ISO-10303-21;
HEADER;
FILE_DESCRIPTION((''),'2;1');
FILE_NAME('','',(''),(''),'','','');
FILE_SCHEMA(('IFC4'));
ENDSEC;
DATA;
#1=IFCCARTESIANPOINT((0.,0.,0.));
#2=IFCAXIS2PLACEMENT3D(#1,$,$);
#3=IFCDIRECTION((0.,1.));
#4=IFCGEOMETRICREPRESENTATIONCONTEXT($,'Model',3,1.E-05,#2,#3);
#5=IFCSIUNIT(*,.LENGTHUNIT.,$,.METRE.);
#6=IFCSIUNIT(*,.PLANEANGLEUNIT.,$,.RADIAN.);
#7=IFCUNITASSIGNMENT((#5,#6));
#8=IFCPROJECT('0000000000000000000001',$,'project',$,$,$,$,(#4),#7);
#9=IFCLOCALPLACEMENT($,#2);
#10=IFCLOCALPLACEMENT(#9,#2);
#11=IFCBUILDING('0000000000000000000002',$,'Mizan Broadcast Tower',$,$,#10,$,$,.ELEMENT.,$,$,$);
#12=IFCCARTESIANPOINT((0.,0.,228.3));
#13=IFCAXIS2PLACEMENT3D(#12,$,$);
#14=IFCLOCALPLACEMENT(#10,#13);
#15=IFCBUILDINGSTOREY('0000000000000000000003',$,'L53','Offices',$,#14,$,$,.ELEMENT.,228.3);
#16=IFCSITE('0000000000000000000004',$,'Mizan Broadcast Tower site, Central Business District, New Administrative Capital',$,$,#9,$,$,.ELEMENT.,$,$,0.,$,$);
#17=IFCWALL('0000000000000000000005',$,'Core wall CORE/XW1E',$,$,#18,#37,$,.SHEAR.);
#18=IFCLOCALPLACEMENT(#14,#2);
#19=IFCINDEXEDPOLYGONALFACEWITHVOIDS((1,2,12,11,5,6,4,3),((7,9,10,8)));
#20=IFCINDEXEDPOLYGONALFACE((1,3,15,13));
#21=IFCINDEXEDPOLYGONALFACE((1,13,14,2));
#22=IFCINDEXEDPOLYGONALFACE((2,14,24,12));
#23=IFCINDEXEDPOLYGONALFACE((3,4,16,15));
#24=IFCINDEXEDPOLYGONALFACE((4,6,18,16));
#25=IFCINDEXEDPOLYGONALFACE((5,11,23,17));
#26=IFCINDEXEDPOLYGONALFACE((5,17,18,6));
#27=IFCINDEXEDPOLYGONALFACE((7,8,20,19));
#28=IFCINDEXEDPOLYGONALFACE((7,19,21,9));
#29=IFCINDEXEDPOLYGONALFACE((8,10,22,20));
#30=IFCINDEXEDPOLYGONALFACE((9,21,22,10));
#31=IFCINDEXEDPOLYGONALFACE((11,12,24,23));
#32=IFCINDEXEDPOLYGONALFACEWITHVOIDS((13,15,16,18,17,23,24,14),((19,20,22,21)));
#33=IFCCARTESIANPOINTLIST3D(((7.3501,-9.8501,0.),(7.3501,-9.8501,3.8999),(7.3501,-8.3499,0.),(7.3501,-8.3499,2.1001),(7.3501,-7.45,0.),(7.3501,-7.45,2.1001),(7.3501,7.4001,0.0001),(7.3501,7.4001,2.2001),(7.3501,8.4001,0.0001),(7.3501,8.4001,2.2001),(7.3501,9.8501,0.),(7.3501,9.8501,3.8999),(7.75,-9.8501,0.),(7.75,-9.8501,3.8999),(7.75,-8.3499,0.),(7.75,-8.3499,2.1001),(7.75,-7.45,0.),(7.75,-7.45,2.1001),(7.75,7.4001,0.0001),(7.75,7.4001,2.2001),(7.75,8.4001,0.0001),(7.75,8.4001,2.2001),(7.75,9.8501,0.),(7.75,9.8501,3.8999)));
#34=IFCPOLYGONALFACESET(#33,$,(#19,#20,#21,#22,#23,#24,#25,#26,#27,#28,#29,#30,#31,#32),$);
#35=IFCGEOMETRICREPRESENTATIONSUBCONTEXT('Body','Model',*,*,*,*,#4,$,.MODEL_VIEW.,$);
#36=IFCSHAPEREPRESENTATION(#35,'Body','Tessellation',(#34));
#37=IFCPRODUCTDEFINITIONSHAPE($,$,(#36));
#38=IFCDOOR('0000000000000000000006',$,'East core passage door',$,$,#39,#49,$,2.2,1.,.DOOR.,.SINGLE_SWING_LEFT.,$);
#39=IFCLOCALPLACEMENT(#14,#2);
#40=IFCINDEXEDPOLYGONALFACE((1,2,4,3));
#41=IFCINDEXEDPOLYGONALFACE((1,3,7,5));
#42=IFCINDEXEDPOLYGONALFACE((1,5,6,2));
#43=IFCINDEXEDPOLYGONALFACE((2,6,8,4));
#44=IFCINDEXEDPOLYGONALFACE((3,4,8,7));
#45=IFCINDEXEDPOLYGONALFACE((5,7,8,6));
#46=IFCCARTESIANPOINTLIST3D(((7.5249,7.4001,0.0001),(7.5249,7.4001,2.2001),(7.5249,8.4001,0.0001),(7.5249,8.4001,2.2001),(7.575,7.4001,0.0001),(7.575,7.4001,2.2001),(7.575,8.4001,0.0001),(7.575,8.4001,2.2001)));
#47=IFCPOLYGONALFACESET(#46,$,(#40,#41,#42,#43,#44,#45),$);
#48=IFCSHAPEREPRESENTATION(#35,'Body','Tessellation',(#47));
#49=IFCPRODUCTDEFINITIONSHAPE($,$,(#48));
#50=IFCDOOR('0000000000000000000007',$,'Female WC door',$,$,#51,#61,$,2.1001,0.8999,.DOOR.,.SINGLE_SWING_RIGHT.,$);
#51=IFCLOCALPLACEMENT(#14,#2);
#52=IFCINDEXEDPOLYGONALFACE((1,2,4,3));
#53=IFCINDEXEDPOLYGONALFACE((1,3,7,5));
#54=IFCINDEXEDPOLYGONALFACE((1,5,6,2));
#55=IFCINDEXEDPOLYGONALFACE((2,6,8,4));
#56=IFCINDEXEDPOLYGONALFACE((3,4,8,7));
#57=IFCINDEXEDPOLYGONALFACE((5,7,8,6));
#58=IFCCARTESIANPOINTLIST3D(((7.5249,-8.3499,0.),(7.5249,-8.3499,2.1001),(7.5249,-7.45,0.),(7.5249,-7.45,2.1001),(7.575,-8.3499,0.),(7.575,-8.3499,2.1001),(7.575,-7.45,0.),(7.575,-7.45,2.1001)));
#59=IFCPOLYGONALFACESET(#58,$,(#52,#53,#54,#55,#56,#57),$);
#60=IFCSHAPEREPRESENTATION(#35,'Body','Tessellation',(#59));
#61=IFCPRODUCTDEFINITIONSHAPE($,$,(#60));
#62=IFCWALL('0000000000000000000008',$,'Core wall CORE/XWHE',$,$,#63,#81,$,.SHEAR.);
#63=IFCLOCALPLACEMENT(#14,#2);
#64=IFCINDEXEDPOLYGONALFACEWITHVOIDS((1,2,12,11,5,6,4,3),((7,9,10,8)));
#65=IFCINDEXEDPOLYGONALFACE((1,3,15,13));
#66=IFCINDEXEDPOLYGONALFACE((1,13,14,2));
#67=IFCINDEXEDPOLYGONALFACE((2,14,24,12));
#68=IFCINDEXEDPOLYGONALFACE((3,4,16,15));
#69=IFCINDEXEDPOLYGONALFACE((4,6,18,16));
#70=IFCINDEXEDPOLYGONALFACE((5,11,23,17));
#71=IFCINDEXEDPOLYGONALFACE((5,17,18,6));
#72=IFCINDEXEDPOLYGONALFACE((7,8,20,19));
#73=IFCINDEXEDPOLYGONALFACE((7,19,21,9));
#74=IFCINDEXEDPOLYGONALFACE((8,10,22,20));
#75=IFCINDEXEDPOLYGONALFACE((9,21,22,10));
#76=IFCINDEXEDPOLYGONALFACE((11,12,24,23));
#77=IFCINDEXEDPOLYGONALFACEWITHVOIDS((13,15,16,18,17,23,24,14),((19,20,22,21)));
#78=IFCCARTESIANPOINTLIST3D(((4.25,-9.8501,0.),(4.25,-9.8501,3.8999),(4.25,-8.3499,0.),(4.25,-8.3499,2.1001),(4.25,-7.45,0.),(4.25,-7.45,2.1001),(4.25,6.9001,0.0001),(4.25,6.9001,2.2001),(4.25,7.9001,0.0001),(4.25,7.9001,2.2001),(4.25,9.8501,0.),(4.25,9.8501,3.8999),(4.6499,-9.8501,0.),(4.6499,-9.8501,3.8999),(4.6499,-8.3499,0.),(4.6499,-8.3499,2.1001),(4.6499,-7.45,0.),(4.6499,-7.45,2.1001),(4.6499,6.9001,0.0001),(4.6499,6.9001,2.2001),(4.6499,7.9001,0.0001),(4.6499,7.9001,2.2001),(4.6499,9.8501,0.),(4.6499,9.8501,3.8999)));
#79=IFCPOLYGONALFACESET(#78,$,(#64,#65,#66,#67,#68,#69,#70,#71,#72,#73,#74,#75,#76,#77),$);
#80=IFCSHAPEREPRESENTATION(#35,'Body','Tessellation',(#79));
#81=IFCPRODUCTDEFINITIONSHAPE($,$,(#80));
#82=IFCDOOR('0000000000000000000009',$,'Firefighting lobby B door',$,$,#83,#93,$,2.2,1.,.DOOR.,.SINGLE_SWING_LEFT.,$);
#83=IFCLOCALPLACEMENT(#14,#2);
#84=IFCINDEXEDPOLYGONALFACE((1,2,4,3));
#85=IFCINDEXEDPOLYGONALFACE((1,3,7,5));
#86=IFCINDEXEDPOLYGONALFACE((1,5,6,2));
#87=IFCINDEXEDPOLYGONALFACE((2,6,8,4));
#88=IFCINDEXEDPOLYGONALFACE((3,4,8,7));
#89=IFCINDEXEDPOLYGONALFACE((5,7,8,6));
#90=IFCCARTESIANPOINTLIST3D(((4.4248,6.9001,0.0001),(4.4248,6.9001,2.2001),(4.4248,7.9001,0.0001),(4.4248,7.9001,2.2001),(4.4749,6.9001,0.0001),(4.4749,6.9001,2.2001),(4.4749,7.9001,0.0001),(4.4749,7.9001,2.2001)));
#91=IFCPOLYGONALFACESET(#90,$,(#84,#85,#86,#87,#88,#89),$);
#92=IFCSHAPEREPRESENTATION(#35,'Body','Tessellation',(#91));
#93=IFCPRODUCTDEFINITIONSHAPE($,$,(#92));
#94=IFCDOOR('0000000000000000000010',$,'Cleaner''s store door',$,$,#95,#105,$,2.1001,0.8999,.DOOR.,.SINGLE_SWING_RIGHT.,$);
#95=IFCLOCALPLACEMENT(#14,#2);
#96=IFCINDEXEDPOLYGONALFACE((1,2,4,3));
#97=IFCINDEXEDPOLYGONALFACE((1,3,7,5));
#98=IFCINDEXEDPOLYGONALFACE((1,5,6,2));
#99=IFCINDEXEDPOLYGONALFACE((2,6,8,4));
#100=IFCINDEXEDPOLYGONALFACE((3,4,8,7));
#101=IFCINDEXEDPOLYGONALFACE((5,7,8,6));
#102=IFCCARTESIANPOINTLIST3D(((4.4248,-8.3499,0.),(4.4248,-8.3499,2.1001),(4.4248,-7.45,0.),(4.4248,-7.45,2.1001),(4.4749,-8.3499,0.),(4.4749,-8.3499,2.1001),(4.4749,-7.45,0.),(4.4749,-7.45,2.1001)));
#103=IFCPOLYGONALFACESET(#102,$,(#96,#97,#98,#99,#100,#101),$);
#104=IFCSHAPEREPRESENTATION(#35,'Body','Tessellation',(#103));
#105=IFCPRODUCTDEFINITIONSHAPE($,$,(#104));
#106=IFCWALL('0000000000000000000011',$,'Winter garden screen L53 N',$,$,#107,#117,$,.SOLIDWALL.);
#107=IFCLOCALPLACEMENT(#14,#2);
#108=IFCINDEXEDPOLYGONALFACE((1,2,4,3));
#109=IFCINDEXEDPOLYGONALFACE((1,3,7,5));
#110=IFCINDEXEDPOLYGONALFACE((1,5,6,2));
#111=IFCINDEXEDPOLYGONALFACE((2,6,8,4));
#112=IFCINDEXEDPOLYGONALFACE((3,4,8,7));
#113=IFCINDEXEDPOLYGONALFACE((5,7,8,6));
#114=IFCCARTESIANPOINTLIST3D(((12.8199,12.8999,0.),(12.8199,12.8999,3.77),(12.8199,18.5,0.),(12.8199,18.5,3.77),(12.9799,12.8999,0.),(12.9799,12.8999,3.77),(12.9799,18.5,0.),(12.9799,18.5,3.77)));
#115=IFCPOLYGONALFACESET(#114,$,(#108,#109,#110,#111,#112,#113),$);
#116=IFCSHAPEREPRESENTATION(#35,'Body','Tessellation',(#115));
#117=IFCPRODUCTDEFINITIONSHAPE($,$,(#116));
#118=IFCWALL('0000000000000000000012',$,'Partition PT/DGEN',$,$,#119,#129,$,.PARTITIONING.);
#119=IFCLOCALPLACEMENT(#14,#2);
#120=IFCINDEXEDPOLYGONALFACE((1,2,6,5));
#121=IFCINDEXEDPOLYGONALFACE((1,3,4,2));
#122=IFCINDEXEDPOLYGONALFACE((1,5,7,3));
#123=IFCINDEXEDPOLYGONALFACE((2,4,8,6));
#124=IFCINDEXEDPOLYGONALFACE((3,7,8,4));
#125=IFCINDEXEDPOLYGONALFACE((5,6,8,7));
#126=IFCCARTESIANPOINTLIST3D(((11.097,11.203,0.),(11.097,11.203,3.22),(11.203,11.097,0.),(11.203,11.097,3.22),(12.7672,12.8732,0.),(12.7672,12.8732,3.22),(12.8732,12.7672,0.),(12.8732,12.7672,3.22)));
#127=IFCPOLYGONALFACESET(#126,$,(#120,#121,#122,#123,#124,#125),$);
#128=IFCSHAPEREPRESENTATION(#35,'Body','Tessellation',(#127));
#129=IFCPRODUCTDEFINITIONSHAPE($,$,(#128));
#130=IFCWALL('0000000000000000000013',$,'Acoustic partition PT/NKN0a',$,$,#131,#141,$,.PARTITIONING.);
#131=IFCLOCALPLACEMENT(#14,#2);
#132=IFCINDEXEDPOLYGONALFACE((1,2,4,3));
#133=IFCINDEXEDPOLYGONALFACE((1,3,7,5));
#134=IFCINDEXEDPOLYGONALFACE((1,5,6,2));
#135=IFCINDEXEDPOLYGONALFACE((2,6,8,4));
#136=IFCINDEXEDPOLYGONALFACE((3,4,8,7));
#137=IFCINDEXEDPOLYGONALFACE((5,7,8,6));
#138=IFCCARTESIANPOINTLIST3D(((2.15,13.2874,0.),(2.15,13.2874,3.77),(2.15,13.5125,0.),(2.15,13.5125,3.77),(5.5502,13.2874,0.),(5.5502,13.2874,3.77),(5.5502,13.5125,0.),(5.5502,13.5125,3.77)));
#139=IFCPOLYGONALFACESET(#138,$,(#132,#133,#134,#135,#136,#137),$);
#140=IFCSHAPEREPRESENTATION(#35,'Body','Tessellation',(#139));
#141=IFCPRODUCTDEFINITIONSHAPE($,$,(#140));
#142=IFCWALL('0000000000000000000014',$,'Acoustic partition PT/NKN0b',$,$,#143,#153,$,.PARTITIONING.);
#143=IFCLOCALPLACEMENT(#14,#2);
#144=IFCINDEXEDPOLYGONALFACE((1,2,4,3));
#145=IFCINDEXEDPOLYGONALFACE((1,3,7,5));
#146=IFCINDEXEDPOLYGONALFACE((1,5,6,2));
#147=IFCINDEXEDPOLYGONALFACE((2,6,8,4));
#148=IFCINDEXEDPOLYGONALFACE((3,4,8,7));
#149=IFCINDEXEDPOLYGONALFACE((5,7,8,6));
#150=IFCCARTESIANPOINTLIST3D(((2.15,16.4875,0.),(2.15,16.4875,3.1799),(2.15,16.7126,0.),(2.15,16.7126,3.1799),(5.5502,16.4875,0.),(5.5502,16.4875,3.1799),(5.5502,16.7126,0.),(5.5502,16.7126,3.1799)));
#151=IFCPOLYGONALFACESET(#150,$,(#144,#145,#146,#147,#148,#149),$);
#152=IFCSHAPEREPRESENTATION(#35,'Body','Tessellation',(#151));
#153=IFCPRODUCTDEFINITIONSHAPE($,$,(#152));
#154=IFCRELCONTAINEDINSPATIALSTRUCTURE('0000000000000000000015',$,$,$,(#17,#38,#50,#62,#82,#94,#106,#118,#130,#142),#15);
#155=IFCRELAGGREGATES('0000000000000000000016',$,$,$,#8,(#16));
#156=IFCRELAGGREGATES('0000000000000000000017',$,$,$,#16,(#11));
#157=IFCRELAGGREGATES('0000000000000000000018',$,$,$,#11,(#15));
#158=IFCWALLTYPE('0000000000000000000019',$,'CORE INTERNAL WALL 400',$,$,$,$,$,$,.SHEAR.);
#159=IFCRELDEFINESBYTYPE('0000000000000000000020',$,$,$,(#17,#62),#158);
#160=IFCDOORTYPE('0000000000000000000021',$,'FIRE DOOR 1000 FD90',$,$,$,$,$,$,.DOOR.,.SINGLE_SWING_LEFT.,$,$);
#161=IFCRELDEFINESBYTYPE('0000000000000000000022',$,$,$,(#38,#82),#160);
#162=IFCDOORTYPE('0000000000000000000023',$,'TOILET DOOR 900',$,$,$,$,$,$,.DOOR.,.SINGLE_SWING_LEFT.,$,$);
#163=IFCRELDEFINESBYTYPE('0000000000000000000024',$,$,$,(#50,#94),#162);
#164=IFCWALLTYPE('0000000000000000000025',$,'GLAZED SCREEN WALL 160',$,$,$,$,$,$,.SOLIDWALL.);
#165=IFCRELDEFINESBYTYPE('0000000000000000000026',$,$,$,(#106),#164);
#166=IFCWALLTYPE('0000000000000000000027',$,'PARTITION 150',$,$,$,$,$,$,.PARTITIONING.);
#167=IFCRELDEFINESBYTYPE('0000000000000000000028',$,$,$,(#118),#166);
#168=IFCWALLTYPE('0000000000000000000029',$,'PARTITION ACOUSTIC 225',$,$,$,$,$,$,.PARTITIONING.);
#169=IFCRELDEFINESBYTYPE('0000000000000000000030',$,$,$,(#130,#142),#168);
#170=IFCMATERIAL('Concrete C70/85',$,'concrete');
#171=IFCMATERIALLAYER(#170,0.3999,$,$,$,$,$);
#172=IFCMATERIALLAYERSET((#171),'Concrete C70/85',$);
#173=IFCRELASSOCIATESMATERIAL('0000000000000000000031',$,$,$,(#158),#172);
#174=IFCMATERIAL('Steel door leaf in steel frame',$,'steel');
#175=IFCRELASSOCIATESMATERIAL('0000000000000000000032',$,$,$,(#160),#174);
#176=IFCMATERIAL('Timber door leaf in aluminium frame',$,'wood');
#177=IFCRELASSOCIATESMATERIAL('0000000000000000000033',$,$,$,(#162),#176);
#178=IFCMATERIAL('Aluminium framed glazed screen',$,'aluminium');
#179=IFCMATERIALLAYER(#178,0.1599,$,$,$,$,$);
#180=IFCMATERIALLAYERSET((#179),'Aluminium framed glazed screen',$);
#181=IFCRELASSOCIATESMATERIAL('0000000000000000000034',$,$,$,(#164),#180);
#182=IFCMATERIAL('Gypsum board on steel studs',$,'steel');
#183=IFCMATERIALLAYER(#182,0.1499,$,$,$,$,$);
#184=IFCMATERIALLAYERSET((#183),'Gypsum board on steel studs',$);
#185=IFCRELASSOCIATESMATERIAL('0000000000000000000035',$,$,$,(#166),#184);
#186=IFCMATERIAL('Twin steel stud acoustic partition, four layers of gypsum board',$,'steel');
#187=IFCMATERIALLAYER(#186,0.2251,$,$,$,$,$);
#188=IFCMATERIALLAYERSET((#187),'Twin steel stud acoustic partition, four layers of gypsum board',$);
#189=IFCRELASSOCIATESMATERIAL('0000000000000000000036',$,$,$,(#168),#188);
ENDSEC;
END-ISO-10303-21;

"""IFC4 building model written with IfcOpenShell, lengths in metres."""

from ifc_helpers import new_model, si_unit, direction, frame, frame_2d, origin, place, context, subcontext, project, spatial, rectangle, extrude, material, layer, layer_set, type_object, element, fill, save


model = new_model("IFC4")

# Units and contexts
model_context = context("Model", 3, precision=1e-05, world=origin(), true_north=direction((0.0, 1.0)))
body_context = subcontext(model_context, "Body", "Model", "MODEL_VIEW")
ifc_project = project(units=[si_unit("LENGTHUNIT", "METRE"), si_unit("PLANEANGLEUNIT", "RADIAN")], contexts=[model_context])

# Site, building, storey
site_placement = place(None, origin())
site = spatial("IfcSite", under=ifc_project, at=site_placement, Name="Mizan Broadcast Tower site, Central Business District, New Administrative Capital", CompositionType="ELEMENT", RefElevation=0.0)
building_placement = place(site_placement, origin())
building = spatial("IfcBuilding", under=site, at=building_placement, Name="Mizan Broadcast Tower", CompositionType="ELEMENT")
storey_placement = place(building_placement, frame((0.0, 0.0, 228.3)))
storey = spatial("IfcBuildingStorey", under=building, at=storey_placement, Name="L53", Description="Offices", CompositionType="ELEMENT", Elevation=228.3)

# Walls, openings, doors
ifc_material_1 = material(Name="Concrete C70/85", Category="concrete")
ifc_layer_1 = layer(ifc_material_1, 0.3999)
ifc_layer_set_1 = layer_set([ifc_layer_1], Name="Concrete C70/85")
wall_type_1 = type_object("IfcWallType", Name="CORE INTERNAL WALL 400", PredefinedType="SHEAR", material=ifc_layer_set_1)
wall_1_placement = place(storey_placement, frame((7.55, 9.8501, 0.0), z_axis=(0.0, 0.0, 1.0), x_axis=(0.0, -1.0, 0.0)))
wall_1 = element("IfcWall", 1, at=wall_1_placement, inside=storey, type_object=wall_type_1, Name="Core wall CORE/XW1E", PredefinedType="SHEAR", context=body_context, shape_type="SweptSolid", body=[
    extrude(rectangle(XDim=19.7002, YDim=0.3999, at=frame_2d((9.8501, 0.0))), origin(), (0.0, 0.0, 1.0), 3.8999),
])
opening_1_placement = place(wall_1_placement, frame((1.45, 0.0, 0.0)))
opening_1 = element("IfcOpeningElement", 2, at=opening_1_placement, cuts=wall_1, PredefinedType="OPENING", context=body_context, shape_type="SweptSolid", body=[
    extrude(rectangle(XDim=1.0, YDim=2.2, at=frame_2d((0.5, 1.1001))), frame((0.0, 0.21, 0.0), z_axis=(0.0, -1.0, 0.0), x_axis=(1.0, 0.0, 0.0)), (0.0, 0.0, 1.0), 0.4199),
])
opening_2_placement = place(wall_1_placement, frame((17.3, 0.0, 0.0)))
opening_2 = element("IfcOpeningElement", 3, at=opening_2_placement, cuts=wall_1, PredefinedType="OPENING", context=body_context, shape_type="SweptSolid", body=[
    extrude(rectangle(XDim=0.8999, YDim=2.1001, at=frame_2d((0.45, 1.05))), frame((0.0, 0.21, 0.0), z_axis=(0.0, -1.0, 0.0), x_axis=(1.0, 0.0, 0.0)), (0.0, 0.0, 1.0), 0.4199),
])
ifc_material_2 = material(Name="Steel door leaf in steel frame", Category="steel")
door_type_1 = type_object("IfcDoorType", Name="FIRE DOOR 1000 FD90", OperationType="SINGLE_SWING_LEFT", PredefinedType="DOOR", material=ifc_material_2)
door_1_placement = place(opening_1_placement, origin())
door_1 = element("IfcDoor", 4, at=door_1_placement, inside=storey, type_object=door_type_1, Name="East core passage door", OperationType="SINGLE_SWING_LEFT", OverallHeight=2.2, OverallWidth=1.0, PredefinedType="DOOR", context=body_context, shape_type="SweptSolid", body=[
    extrude(rectangle(XDim=1.0, YDim=2.2, at=frame_2d((0.5, 1.1001))), frame((0.0, 0.0249, 0.0), z_axis=(0.0, -1.0, 0.0), x_axis=(1.0, 0.0, 0.0)), (0.0, 0.0, 1.0), 0.05),
])
fill(opening_1, door_1)
ifc_material_3 = material(Name="Timber door leaf in aluminium frame", Category="wood")
door_type_2 = type_object("IfcDoorType", Name="TOILET DOOR 900", OperationType="SINGLE_SWING_LEFT", PredefinedType="DOOR", material=ifc_material_3)
door_2_placement = place(opening_2_placement, origin())
door_2 = element("IfcDoor", 5, at=door_2_placement, inside=storey, type_object=door_type_2, Name="Female WC door", OperationType="SINGLE_SWING_RIGHT", OverallHeight=2.1001, OverallWidth=0.8999, PredefinedType="DOOR", context=body_context, shape_type="SweptSolid", body=[
    extrude(rectangle(XDim=0.8999, YDim=2.1001, at=frame_2d((0.45, 1.05))), frame((0.0, 0.0249, 0.0), z_axis=(0.0, -1.0, 0.0), x_axis=(1.0, 0.0, 0.0)), (0.0, 0.0, 1.0), 0.05),
])
fill(opening_2, door_2)
wall_2_placement = place(storey_placement, frame((4.45, 9.8501, 0.0), z_axis=(0.0, 0.0, 1.0), x_axis=(0.0, -1.0, 0.0)))
wall_2 = element("IfcWall", 6, at=wall_2_placement, inside=storey, type_object=wall_type_1, Name="Core wall CORE/XWHE", PredefinedType="SHEAR", context=body_context, shape_type="SweptSolid", body=[
    extrude(rectangle(XDim=19.7002, YDim=0.3999, at=frame_2d((9.8501, 0.0))), origin(), (0.0, 0.0, 1.0), 3.8999),
])
opening_3_placement = place(wall_2_placement, frame((1.95, 0.0, 0.0)))
opening_3 = element("IfcOpeningElement", 7, at=opening_3_placement, cuts=wall_2, PredefinedType="OPENING", context=body_context, shape_type="SweptSolid", body=[
    extrude(rectangle(XDim=1.0, YDim=2.2, at=frame_2d((0.5, 1.1001))), frame((0.0, 0.21, 0.0), z_axis=(0.0, -1.0, 0.0), x_axis=(1.0, 0.0, 0.0)), (0.0, 0.0, 1.0), 0.4199),
])
opening_4_placement = place(wall_2_placement, frame((17.3, 0.0, 0.0)))
opening_4 = element("IfcOpeningElement", 8, at=opening_4_placement, cuts=wall_2, PredefinedType="OPENING", context=body_context, shape_type="SweptSolid", body=[
    extrude(rectangle(XDim=0.8999, YDim=2.1001, at=frame_2d((0.45, 1.05))), frame((0.0, 0.21, 0.0), z_axis=(0.0, -1.0, 0.0), x_axis=(1.0, 0.0, 0.0)), (0.0, 0.0, 1.0), 0.4199),
])
door_3_placement = place(opening_3_placement, origin())
door_3 = element("IfcDoor", 9, at=door_3_placement, inside=storey, type_object=door_type_1, Name="Firefighting lobby B door", OperationType="SINGLE_SWING_LEFT", OverallHeight=2.2, OverallWidth=1.0, PredefinedType="DOOR", context=body_context, shape_type="SweptSolid", body=[
    extrude(rectangle(XDim=1.0, YDim=2.2, at=frame_2d((0.5, 1.1001))), frame((0.0, 0.0249, 0.0), z_axis=(0.0, -1.0, 0.0), x_axis=(1.0, 0.0, 0.0)), (0.0, 0.0, 1.0), 0.05),
])
fill(opening_3, door_3)
door_4_placement = place(opening_4_placement, origin())
door_4 = element("IfcDoor", 10, at=door_4_placement, inside=storey, type_object=door_type_2, Name="Cleaner's store door", OperationType="SINGLE_SWING_RIGHT", OverallHeight=2.1001, OverallWidth=0.8999, PredefinedType="DOOR", context=body_context, shape_type="SweptSolid", body=[
    extrude(rectangle(XDim=0.8999, YDim=2.1001, at=frame_2d((0.45, 1.05))), frame((0.0, 0.0249, 0.0), z_axis=(0.0, -1.0, 0.0), x_axis=(1.0, 0.0, 0.0)), (0.0, 0.0, 1.0), 0.05),
])
fill(opening_4, door_4)

# Walls
ifc_material_4 = material(Name="Aluminium framed glazed screen", Category="aluminium")
ifc_layer_2 = layer(ifc_material_4, 0.1599)
ifc_layer_set_2 = layer_set([ifc_layer_2], Name="Aluminium framed glazed screen")
wall_type_2 = type_object("IfcWallType", Name="GLAZED SCREEN WALL 160", PredefinedType="SOLIDWALL", material=ifc_layer_set_2)
wall_3_placement = place(storey_placement, frame((12.8999, 12.8999, 0.0), z_axis=(0.0, 0.0, 1.0), x_axis=(0.0, 1.0, 0.0)))
element("IfcWall", 11, at=wall_3_placement, inside=storey, type_object=wall_type_2, Name="Winter garden screen L53 N", PredefinedType="SOLIDWALL", context=body_context, shape_type="SweptSolid", body=[
    extrude(rectangle(XDim=5.6001, YDim=0.1599, at=frame_2d((2.8, 0.0))), origin(), (0.0, 0.0, 1.0), 3.77),
])
ifc_material_5 = material(Name="Gypsum board on steel studs", Category="steel")
ifc_layer_3 = layer(ifc_material_5, 0.1499)
ifc_layer_set_3 = layer_set([ifc_layer_3], Name="Gypsum board on steel studs")
wall_type_3 = type_object("IfcWallType", Name="PARTITION 150", PredefinedType="PARTITIONING", material=ifc_layer_set_3)
wall_4_placement = place(storey_placement, frame((11.1499, 11.1499, 0.0), z_axis=(0.0, 0.0, 1.0), x_axis=(0.707107, 0.707107, 0.0)))
element("IfcWall", 12, at=wall_4_placement, inside=storey, type_object=wall_type_3, Name="Partition PT/DGEN", PredefinedType="PARTITIONING", context=body_context, shape_type="SweptSolid", body=[
    extrude(rectangle(XDim=2.3621, YDim=0.1499, at=frame_2d((1.1812, 0.0))), origin(), (0.0, 0.0, 1.0), 3.22),
])
ifc_material_6 = material(Name="Twin steel stud acoustic partition, four layers of gypsum board", Category="steel")
ifc_layer_4 = layer(ifc_material_6, 0.2251)
ifc_layer_set_4 = layer_set([ifc_layer_4], Name="Twin steel stud acoustic partition, four layers of gypsum board")
wall_type_4 = type_object("IfcWallType", Name="PARTITION ACOUSTIC 225", PredefinedType="PARTITIONING", material=ifc_layer_set_4)
wall_5_placement = place(storey_placement, frame((2.1499, 13.3999, 0.0), z_axis=(0.0, 0.0, 1.0), x_axis=(1.0, 0.0, 0.0)))
element("IfcWall", 13, at=wall_5_placement, inside=storey, type_object=wall_type_4, Name="Acoustic partition PT/NKN0a", PredefinedType="PARTITIONING", context=body_context, shape_type="SweptSolid", body=[
    extrude(rectangle(XDim=3.4001, YDim=0.2251, at=frame_2d((1.7002, 0.0))), origin(), (0.0, 0.0, 1.0), 3.77),
])
wall_6_placement = place(storey_placement, frame((2.1499, 16.6001, 0.0), z_axis=(0.0, 0.0, 1.0), x_axis=(1.0, 0.0, 0.0)))
element("IfcWall", 14, at=wall_6_placement, inside=storey, type_object=wall_type_4, Name="Acoustic partition PT/NKN0b", PredefinedType="PARTITIONING", context=body_context, shape_type="SweptSolid", body=[
    extrude(rectangle(XDim=3.4001, YDim=0.2251, at=frame_2d((1.7002, 0.0))), origin(), (0.0, 0.0, 1.0), 3.1799),
])

save(model, "model.ifc")
